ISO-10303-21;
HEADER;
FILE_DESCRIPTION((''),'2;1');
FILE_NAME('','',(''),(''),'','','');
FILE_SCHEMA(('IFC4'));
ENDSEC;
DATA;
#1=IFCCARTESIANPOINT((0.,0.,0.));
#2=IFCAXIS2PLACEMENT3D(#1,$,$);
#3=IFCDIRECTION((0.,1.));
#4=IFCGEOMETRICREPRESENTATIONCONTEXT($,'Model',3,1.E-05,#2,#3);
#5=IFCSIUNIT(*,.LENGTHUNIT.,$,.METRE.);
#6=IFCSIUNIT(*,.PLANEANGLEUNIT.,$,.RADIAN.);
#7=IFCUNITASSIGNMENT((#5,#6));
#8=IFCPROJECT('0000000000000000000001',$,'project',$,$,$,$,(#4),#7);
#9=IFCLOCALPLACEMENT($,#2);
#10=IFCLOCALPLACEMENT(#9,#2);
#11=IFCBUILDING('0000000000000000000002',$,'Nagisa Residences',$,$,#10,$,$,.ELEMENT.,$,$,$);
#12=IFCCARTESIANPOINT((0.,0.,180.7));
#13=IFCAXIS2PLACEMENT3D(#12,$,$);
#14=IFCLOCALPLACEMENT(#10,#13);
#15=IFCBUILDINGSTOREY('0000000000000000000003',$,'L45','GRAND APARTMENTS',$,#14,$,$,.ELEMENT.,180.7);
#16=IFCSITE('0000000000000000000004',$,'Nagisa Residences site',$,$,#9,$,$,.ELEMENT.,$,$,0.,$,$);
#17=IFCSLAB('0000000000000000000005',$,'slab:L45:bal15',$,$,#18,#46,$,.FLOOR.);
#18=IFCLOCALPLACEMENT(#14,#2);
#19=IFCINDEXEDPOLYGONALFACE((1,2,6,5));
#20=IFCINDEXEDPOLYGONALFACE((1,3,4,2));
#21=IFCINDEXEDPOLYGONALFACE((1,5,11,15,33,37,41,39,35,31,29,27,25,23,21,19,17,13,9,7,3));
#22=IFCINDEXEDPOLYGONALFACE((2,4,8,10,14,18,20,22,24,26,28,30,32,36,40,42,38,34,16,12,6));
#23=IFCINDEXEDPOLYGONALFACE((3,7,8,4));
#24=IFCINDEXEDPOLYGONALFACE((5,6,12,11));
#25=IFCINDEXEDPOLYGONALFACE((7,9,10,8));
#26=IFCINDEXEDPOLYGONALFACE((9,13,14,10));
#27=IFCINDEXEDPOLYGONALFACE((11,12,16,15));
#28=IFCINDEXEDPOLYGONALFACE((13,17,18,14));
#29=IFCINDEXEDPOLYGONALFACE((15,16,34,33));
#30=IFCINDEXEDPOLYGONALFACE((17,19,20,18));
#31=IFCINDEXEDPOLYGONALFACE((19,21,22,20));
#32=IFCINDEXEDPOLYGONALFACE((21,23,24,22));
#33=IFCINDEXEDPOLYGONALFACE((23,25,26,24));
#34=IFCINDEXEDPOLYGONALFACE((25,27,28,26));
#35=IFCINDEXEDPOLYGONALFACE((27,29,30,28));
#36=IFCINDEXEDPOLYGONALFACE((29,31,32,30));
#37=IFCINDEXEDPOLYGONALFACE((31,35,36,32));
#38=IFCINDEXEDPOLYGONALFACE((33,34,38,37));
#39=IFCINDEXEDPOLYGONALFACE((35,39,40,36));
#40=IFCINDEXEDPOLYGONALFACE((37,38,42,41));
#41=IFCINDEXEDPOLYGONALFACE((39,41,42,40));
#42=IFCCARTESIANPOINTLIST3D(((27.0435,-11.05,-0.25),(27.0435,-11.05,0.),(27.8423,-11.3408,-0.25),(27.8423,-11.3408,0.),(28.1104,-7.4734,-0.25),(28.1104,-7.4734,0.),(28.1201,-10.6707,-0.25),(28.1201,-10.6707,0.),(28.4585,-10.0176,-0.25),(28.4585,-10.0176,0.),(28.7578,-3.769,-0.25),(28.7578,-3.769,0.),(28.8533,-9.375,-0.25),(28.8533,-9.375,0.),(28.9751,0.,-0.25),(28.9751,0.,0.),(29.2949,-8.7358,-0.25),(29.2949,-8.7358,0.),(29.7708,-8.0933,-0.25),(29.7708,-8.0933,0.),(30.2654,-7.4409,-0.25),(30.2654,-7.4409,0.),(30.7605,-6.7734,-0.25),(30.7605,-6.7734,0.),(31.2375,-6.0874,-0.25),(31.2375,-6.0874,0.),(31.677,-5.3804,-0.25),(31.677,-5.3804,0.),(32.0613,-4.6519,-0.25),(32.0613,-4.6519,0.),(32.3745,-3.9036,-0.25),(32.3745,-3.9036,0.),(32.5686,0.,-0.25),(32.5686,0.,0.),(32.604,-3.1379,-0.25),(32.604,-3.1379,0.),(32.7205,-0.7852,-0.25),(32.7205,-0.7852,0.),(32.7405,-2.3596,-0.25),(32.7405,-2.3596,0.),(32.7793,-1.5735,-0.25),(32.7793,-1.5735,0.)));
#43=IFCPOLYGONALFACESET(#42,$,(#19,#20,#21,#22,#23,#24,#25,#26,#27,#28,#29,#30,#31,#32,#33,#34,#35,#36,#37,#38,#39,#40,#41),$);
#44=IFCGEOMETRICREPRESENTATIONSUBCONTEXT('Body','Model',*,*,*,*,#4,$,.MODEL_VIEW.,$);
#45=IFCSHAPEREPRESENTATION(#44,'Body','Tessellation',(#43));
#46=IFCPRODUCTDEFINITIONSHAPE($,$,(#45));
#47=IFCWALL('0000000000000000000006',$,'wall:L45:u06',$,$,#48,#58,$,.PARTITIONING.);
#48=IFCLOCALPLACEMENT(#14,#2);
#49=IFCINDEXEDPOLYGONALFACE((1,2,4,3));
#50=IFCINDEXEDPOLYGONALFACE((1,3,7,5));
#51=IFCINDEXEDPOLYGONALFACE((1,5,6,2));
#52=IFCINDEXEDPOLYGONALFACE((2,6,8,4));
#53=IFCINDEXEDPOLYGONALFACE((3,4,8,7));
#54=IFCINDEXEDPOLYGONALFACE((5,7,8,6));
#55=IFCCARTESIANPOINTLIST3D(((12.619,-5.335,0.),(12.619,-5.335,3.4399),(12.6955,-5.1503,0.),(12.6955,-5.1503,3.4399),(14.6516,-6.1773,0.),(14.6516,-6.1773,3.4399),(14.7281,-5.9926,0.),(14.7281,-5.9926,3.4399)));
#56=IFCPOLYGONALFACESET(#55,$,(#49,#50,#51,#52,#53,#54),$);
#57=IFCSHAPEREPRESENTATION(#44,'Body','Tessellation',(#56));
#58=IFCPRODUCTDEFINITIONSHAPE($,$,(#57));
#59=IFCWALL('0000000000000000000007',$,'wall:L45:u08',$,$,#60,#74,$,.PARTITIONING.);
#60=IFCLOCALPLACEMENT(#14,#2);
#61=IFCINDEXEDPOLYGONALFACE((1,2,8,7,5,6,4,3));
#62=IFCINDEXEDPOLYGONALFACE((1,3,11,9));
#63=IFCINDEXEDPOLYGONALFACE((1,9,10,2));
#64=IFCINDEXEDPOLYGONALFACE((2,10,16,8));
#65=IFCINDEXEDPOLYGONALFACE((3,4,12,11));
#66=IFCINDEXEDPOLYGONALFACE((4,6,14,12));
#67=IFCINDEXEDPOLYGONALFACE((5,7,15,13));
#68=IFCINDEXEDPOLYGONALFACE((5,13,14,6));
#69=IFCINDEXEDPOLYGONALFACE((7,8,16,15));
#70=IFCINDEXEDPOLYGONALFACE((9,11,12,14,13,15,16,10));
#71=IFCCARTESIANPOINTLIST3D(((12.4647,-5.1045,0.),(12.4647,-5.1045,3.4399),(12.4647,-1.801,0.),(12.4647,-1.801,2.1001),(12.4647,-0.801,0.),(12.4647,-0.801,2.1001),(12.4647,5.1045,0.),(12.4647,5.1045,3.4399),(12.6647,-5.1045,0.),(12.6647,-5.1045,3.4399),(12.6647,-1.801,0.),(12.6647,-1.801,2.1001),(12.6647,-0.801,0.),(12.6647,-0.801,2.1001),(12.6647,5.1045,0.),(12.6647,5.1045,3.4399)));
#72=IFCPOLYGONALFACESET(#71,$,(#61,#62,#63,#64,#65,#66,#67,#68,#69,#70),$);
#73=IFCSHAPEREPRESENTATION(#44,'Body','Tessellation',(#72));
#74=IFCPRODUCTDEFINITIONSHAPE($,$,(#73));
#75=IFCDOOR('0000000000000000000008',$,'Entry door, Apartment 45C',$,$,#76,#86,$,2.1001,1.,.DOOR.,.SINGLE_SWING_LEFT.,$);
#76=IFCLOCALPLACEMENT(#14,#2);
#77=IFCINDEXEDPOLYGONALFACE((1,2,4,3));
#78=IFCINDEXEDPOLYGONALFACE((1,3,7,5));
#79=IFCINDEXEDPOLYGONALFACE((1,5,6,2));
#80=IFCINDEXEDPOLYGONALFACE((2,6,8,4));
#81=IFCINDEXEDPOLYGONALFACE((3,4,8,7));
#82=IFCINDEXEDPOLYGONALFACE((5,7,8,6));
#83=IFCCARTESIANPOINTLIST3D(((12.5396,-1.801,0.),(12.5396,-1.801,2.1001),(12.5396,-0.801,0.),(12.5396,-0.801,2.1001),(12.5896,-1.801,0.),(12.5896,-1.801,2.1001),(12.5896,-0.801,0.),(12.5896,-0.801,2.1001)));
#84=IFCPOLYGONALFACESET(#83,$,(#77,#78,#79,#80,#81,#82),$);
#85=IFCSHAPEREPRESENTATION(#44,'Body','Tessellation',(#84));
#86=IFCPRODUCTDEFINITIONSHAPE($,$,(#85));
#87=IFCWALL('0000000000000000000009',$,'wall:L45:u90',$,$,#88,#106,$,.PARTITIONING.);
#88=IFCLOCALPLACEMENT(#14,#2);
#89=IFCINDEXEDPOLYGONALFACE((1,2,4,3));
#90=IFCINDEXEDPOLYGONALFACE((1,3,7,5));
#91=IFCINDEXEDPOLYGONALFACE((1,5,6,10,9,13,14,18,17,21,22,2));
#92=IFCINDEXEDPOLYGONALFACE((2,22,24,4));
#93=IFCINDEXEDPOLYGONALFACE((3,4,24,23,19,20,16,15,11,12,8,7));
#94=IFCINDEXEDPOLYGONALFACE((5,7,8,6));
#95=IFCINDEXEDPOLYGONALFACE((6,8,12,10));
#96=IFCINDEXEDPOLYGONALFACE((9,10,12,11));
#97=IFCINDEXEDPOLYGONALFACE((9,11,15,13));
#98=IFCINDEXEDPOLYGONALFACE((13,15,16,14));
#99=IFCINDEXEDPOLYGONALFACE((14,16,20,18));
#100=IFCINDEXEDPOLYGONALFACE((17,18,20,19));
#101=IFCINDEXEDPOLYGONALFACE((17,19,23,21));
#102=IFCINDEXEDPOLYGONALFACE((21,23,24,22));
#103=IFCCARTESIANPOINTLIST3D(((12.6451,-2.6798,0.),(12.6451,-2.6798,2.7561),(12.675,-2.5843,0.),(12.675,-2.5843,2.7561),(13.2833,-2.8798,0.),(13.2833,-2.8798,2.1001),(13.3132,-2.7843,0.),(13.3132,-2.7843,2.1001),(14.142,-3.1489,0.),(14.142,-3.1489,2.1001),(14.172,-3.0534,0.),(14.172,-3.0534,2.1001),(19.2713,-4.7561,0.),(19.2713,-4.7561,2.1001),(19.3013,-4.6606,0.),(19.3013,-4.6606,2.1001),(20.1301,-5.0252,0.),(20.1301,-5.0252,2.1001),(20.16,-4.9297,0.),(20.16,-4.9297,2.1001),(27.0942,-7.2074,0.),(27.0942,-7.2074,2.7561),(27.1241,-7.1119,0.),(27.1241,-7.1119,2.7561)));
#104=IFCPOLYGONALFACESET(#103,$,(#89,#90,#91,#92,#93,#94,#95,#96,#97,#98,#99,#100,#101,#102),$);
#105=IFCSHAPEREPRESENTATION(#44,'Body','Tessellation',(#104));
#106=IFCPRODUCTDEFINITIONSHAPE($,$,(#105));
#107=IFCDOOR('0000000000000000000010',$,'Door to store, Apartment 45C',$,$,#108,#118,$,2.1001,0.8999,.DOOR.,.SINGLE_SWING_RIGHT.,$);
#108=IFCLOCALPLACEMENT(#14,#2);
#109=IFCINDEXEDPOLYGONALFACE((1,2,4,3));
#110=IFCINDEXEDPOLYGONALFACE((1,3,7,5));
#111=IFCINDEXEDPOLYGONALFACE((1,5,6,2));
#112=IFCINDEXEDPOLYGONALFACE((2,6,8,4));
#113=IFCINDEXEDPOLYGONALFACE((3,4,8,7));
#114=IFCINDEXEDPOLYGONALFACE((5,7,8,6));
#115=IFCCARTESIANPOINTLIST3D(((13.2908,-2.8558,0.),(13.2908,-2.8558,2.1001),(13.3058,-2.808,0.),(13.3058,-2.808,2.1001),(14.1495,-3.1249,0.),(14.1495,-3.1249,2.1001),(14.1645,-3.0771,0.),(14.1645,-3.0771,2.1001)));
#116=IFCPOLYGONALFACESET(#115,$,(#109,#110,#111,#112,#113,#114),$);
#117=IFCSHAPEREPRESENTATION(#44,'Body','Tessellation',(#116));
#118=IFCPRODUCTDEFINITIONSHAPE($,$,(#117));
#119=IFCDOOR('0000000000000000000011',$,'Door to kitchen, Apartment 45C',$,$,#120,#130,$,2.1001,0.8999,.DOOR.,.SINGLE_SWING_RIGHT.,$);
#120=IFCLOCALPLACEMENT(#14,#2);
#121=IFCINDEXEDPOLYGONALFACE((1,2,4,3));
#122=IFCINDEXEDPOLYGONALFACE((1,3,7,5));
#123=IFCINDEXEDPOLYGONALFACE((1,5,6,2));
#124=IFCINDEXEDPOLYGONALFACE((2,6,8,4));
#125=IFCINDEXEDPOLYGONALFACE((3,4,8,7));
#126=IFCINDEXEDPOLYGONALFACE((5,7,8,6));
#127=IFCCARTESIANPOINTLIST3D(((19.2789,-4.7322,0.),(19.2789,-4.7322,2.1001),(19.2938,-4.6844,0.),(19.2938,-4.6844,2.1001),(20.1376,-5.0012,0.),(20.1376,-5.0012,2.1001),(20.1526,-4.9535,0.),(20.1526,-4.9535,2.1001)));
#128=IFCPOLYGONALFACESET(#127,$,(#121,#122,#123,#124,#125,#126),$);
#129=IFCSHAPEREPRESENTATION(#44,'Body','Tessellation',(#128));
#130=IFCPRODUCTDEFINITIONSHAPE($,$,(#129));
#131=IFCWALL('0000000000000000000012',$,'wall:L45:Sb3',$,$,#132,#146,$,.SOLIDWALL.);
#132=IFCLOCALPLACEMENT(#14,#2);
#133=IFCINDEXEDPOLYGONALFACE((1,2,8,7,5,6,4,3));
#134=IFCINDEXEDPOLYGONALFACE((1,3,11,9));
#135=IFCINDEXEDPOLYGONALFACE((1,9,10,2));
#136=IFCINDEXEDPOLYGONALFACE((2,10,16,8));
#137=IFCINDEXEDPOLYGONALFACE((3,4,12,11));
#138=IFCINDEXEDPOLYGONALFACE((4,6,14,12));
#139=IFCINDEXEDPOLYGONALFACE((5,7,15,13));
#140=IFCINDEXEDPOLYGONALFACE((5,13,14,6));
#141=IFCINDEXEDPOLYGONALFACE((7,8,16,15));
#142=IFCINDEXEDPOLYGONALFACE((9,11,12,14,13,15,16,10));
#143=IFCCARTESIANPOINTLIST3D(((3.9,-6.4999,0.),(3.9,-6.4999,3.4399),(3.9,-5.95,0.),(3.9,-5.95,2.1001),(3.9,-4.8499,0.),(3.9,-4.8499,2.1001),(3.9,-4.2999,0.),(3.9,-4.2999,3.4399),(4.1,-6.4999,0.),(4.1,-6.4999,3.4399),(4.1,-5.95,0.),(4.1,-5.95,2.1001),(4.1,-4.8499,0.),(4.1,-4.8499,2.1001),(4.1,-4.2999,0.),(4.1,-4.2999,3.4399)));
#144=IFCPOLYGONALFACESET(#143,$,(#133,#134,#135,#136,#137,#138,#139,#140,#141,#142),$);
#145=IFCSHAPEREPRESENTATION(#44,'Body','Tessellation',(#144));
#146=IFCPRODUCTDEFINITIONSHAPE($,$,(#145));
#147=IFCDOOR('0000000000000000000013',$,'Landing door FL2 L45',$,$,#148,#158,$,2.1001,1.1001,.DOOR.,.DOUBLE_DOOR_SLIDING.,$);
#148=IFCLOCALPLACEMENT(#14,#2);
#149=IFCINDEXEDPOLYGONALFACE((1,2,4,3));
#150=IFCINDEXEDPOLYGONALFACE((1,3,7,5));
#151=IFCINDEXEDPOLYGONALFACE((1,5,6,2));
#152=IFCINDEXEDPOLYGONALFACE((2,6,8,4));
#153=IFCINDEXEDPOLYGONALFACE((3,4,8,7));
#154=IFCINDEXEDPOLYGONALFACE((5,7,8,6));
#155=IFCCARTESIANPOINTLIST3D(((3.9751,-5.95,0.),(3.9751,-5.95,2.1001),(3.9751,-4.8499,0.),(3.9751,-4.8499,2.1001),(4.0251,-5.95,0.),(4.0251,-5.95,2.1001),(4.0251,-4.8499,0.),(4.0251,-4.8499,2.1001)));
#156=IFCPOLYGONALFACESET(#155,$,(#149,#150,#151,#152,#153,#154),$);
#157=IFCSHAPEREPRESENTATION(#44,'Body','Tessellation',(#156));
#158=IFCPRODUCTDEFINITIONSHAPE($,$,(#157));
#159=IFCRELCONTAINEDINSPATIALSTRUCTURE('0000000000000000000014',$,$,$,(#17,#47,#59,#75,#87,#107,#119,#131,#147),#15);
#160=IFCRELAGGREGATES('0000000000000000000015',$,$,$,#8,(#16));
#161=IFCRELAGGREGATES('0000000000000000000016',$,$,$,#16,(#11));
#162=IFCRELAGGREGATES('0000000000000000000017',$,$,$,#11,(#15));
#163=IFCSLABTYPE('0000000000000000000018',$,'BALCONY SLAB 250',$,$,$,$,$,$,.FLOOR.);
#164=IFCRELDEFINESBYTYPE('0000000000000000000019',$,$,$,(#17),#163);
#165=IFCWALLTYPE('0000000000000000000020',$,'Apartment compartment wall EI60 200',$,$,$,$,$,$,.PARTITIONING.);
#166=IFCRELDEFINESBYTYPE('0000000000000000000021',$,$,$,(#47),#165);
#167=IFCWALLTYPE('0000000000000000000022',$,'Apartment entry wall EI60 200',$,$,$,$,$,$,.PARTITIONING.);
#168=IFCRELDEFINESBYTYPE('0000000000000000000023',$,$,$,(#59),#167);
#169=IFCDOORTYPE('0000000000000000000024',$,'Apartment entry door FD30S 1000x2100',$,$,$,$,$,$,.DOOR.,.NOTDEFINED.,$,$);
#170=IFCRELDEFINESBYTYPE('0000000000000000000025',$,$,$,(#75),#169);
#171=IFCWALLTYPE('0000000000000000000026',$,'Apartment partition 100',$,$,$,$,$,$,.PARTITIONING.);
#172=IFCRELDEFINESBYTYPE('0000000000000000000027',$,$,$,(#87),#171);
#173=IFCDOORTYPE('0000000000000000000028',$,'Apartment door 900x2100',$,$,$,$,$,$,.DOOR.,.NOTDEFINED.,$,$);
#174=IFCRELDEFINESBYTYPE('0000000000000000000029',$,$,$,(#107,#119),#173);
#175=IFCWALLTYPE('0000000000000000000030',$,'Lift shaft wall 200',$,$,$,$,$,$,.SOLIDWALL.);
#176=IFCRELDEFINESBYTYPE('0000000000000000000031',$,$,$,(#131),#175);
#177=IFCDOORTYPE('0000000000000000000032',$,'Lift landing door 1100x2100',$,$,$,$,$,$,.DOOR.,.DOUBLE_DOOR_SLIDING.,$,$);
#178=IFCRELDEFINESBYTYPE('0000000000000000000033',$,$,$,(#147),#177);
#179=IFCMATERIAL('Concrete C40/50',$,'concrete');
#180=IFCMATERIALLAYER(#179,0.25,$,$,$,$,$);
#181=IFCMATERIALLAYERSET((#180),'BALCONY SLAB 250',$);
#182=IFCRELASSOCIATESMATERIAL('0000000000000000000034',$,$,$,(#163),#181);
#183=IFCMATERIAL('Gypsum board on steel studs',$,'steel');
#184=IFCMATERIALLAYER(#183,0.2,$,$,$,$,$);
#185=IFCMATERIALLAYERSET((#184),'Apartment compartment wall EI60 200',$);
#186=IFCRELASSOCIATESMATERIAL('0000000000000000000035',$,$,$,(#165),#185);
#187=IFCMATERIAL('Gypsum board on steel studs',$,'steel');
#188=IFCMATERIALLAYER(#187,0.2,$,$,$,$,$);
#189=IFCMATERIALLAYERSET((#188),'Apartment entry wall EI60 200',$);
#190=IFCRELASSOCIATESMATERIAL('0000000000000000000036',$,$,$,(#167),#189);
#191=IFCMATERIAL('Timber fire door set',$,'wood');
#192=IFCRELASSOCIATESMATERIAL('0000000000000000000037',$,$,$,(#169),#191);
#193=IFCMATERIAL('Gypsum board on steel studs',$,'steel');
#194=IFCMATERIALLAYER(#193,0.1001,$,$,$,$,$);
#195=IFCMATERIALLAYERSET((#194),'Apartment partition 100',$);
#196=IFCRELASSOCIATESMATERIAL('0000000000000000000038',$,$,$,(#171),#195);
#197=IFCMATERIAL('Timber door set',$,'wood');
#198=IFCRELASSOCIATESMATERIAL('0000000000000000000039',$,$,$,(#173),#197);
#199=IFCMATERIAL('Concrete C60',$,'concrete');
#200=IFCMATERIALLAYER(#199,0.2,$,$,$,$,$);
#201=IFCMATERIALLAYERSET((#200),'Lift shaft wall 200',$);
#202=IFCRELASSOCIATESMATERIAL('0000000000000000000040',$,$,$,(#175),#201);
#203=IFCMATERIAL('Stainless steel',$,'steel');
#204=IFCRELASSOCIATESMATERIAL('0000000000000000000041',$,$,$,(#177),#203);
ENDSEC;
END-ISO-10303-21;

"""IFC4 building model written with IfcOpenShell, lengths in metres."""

from ifc_helpers import new_model, si_unit, direction, frame, frame_2d, origin, place, context, subcontext, project, spatial, polyline, rectangle, outline, extrude, material, layer, layer_set, type_object, element, fill, save


model = new_model("IFC4")

# Units and contexts
model_context = context("Model", 3, precision=1e-05, world=origin(), true_north=direction((0.0, 1.0)))
body_context = subcontext(model_context, "Body", "Model", "MODEL_VIEW")
ifc_project = project(units=[si_unit("LENGTHUNIT", "METRE"), si_unit("PLANEANGLEUNIT", "RADIAN")], contexts=[model_context])

# Site, building, storey
site_placement = place(None, origin())
site = spatial("IfcSite", under=ifc_project, at=site_placement, Name="Nagisa Residences site", CompositionType="ELEMENT", RefElevation=0.0)
building_placement = place(site_placement, origin())
building = spatial("IfcBuilding", under=site, at=building_placement, Name="Nagisa Residences", CompositionType="ELEMENT")
storey_placement = place(building_placement, frame((0.0, 0.0, 180.7)))
storey = spatial("IfcBuildingStorey", under=building, at=storey_placement, Name="L45", Description="GRAND APARTMENTS", CompositionType="ELEMENT", Elevation=180.7)

# Slab
ifc_material_1 = material(Name="Concrete C40/50", Category="concrete")
ifc_layer_1 = layer(ifc_material_1, 0.25)
ifc_layer_set_1 = layer_set([ifc_layer_1], Name="BALCONY SLAB 250")
slab_type = type_object("IfcSlabType", Name="BALCONY SLAB 250", PredefinedType="FLOOR", material=ifc_layer_set_1)
slab_1_placement = place(storey_placement, frame((0.0, 0.0, -0.25)))
element("IfcSlab", 1, at=slab_1_placement, inside=storey, type_object=slab_type, Name="slab:L45:bal15", PredefinedType="FLOOR", context=body_context, shape_type="SweptSolid", body=[
    extrude(outline(polyline([(27.8423, -11.3408), (28.1201, -10.6707), (28.4585, -10.0176), (28.8533, -9.375), (29.2949, -8.7358), (29.7708, -8.0933), (30.2654, -7.4409), (30.7605, -6.7734), (31.2375, -6.0874), (31.677, -5.3804), (32.0613, -4.6519), (32.3745, -3.9036), (32.604, -3.1379), (32.7405, -2.3596), (32.7793, -1.5735), (32.7205, -0.7852), (32.5686, 0.0), (28.9751, 0.0), (28.7578, -3.769), (28.1104, -7.4734), (27.0435, -11.05), (27.8423, -11.3408)])), origin(), (0.0, 0.0, 1.0), 0.25),
])

# Wall
ifc_material_2 = material(Name="Gypsum board on steel studs", Category="steel")
ifc_layer_2 = layer(ifc_material_2, 0.2)
ifc_layer_set_2 = layer_set([ifc_layer_2], Name="Apartment compartment wall EI60 200")
wall_type_1 = type_object("IfcWallType", Name="Apartment compartment wall EI60 200", PredefinedType="PARTITIONING", material=ifc_layer_set_2)
wall_1_placement = place(storey_placement, frame((12.6572, -5.2427, 0.0), z_axis=(0.0, 0.0, 1.0), x_axis=(0.92383, -0.382803, 0.0)))
element("IfcWall", 2, at=wall_1_placement, inside=storey, type_object=wall_type_1, Name="wall:L45:u06", PredefinedType="PARTITIONING", context=body_context, shape_type="SweptSolid", body=[
    extrude(rectangle(XDim=2.2002, YDim=0.2, at=frame_2d((1.1001, 0.0))), origin(), (0.0, 0.0, 1.0), 3.4399),
])

# Wall, opening, door
ifc_material_3 = material(Name="Gypsum board on steel studs", Category="steel")
ifc_layer_3 = layer(ifc_material_3, 0.2)
ifc_layer_set_3 = layer_set([ifc_layer_3], Name="Apartment entry wall EI60 200")
wall_type_2 = type_object("IfcWallType", Name="Apartment entry wall EI60 200", PredefinedType="PARTITIONING", material=ifc_layer_set_3)
wall_2_placement = place(storey_placement, frame((12.5647, -5.1045, 0.0), z_axis=(0.0, 0.0, 1.0), x_axis=(0.0, 1.0, 0.0)))
wall_2 = element("IfcWall", 3, at=wall_2_placement, inside=storey, type_object=wall_type_2, Name="wall:L45:u08", PredefinedType="PARTITIONING", context=body_context, shape_type="SweptSolid", body=[
    extrude(rectangle(XDim=10.209, YDim=0.2, at=frame_2d((5.1045, 0.0))), origin(), (0.0, 0.0, 1.0), 3.4399),
])
opening_1_placement = place(wall_2_placement, frame((3.3035, 0.0, 0.0)))
opening_1 = element("IfcOpeningElement", 4, at=opening_1_placement, cuts=wall_2, PredefinedType="OPENING", context=body_context, shape_type="SweptSolid", body=[
    extrude(rectangle(XDim=1.0, YDim=2.1001, at=frame_2d((0.5, 1.05))), frame((0.0, 0.1099, 0.0), z_axis=(0.0, -1.0, 0.0), x_axis=(1.0, 0.0, 0.0)), (0.0, 0.0, 1.0), 0.22),
])
ifc_material_4 = material(Name="Timber fire door set", Category="wood")
door_type_1 = type_object("IfcDoorType", Name="Apartment entry door FD30S 1000x2100", OperationType="NOTDEFINED", PredefinedType="DOOR", material=ifc_material_4)
door_1_placement = place(opening_1_placement, frame((1.0, 0.0, 0.0), x_axis=(-1.0, 0.0, 0.0)))
door_1 = element("IfcDoor", 5, at=door_1_placement, inside=storey, type_object=door_type_1, Name="Entry door, Apartment 45C", OperationType="SINGLE_SWING_LEFT", OverallHeight=2.1001, OverallWidth=1.0, PredefinedType="DOOR", context=body_context, shape_type="SweptSolid", body=[
    extrude(rectangle(XDim=1.0, YDim=2.1001, at=frame_2d((0.5, 1.05))), frame((0.0, 0.0249, 0.0), z_axis=(0.0, -1.0, 0.0), x_axis=(1.0, 0.0, 0.0)), (0.0, 0.0, 1.0), 0.05),
])
fill(opening_1, door_1)

# Wall, openings, doors
ifc_material_5 = material(Name="Gypsum board on steel studs", Category="steel")
ifc_layer_4 = layer(ifc_material_5, 0.1001)
ifc_layer_set_4 = layer_set([ifc_layer_4], Name="Apartment partition 100")
wall_type_3 = type_object("IfcWallType", Name="Apartment partition 100", PredefinedType="PARTITIONING", material=ifc_layer_set_4)
wall_3_placement = place(storey_placement, frame((12.6602, -2.6321, 0.0), z_axis=(0.0, 0.0, 1.0), x_axis=(0.954249, -0.299014, 0.0)))
wall_3 = element("IfcWall", 6, at=wall_3_placement, inside=storey, type_object=wall_type_3, Name="wall:L45:u90", PredefinedType="PARTITIONING", context=body_context, shape_type="SweptSolid", body=[
    extrude(rectangle(XDim=15.1418, YDim=0.1001, at=frame_2d((7.5708, 0.0))), origin(), (0.0, 0.0, 1.0), 2.7561),
])
opening_2_placement = place(wall_3_placement, frame((0.6687, 0.0, 0.0)))
opening_2 = element("IfcOpeningElement", 7, at=opening_2_placement, cuts=wall_3, PredefinedType="OPENING", context=body_context, shape_type="SweptSolid", body=[
    extrude(rectangle(XDim=0.8999, YDim=2.1001, at=frame_2d((0.45, 1.05))), frame((0.0, 0.0601, 0.0), z_axis=(0.0, -1.0, 0.0), x_axis=(1.0, 0.0, 0.0)), (0.0, 0.0, 1.0), 0.1201),
])
opening_3_placement = place(wall_3_placement, frame((6.9438, 0.0, 0.0)))
opening_3 = element("IfcOpeningElement", 8, at=opening_3_placement, cuts=wall_3, PredefinedType="OPENING", context=body_context, shape_type="SweptSolid", body=[
    extrude(rectangle(XDim=0.8999, YDim=2.1001, at=frame_2d((0.45, 1.05))), frame((0.0, 0.0601, 0.0), z_axis=(0.0, -1.0, 0.0), x_axis=(1.0, 0.0, 0.0)), (0.0, 0.0, 1.0), 0.1201),
])
ifc_material_6 = material(Name="Timber door set", Category="wood")
door_type_2 = type_object("IfcDoorType", Name="Apartment door 900x2100", OperationType="NOTDEFINED", PredefinedType="DOOR", material=ifc_material_6)
door_2_placement = place(opening_2_placement, frame((0.8999, 0.0, 0.0), x_axis=(-1.0, 0.0, 0.0)))
door_2 = element("IfcDoor", 9, at=door_2_placement, inside=storey, type_object=door_type_2, Name="Door to store, Apartment 45C", OperationType="SINGLE_SWING_RIGHT", OverallHeight=2.1001, OverallWidth=0.8999, PredefinedType="DOOR", context=body_context, shape_type="SweptSolid", body=[
    extrude(rectangle(XDim=0.8999, YDim=2.1001, at=frame_2d((0.45, 1.05))), frame((0.0, 0.0249, 0.0), z_axis=(0.0, -1.0, 0.0), x_axis=(1.0, 0.0, 0.0)), (0.0, 0.0, 1.0), 0.05),
])
fill(opening_2, door_2)
door_3_placement = place(opening_3_placement, frame((0.8999, 0.0, 0.0), x_axis=(-1.0, 0.0, 0.0)))
door_3 = element("IfcDoor", 10, at=door_3_placement, inside=storey, type_object=door_type_2, Name="Door to kitchen, Apartment 45C", OperationType="SINGLE_SWING_RIGHT", OverallHeight=2.1001, OverallWidth=0.8999, PredefinedType="DOOR", context=body_context, shape_type="SweptSolid", body=[
    extrude(rectangle(XDim=0.8999, YDim=2.1001, at=frame_2d((0.45, 1.05))), frame((0.0, 0.0249, 0.0), z_axis=(0.0, -1.0, 0.0), x_axis=(1.0, 0.0, 0.0)), (0.0, 0.0, 1.0), 0.05),
])
fill(opening_3, door_3)

# Wall, opening, door
ifc_material_7 = material(Name="Concrete C60", Category="concrete")
ifc_layer_5 = layer(ifc_material_7, 0.2)
ifc_layer_set_5 = layer_set([ifc_layer_5], Name="Lift shaft wall 200")
wall_type_4 = type_object("IfcWallType", Name="Lift shaft wall 200", PredefinedType="SOLIDWALL", material=ifc_layer_set_5)
wall_4_placement = place(storey_placement, frame((4.0, -6.5, 0.0), z_axis=(0.0, 0.0, 1.0), x_axis=(0.0, 1.0, 0.0)))
wall_4 = element("IfcWall", 11, at=wall_4_placement, inside=storey, type_object=wall_type_4, Name="wall:L45:Sb3", PredefinedType="SOLIDWALL", context=body_context, shape_type="SweptSolid", body=[
    extrude(rectangle(XDim=2.2, YDim=0.2, at=frame_2d((1.1001, 0.0))), origin(), (0.0, 0.0, 1.0), 3.4399),
])
opening_4_placement = place(wall_4_placement, frame((0.55, 0.0, 0.0)))
opening_4 = element("IfcOpeningElement", 12, at=opening_4_placement, cuts=wall_4, PredefinedType="OPENING", context=body_context, shape_type="SweptSolid", body=[
    extrude(rectangle(XDim=1.1001, YDim=2.1001, at=frame_2d((0.55, 1.05))), frame((0.0, 0.1099, 0.0), z_axis=(0.0, -1.0, 0.0), x_axis=(1.0, 0.0, 0.0)), (0.0, 0.0, 1.0), 0.22),
])
ifc_material_8 = material(Name="Stainless steel", Category="steel")
door_type_3 = type_object("IfcDoorType", Name="Lift landing door 1100x2100", OperationType="DOUBLE_DOOR_SLIDING", PredefinedType="DOOR", material=ifc_material_8)
door_4_placement = place(opening_4_placement, origin())
door_4 = element("IfcDoor", 13, at=door_4_placement, inside=storey, type_object=door_type_3, Name="Landing door FL2 L45", OperationType="DOUBLE_DOOR_SLIDING", OverallHeight=2.1001, OverallWidth=1.1001, PredefinedType="DOOR", context=body_context, shape_type="SweptSolid", body=[
    extrude(rectangle(XDim=1.1001, YDim=2.1001, at=frame_2d((0.55, 1.05))), frame((0.0, 0.0249, 0.0), z_axis=(0.0, -1.0, 0.0), x_axis=(1.0, 0.0, 0.0)), (0.0, 0.0, 1.0), 0.05),
])
fill(opening_4, door_4)

save(model, "model.ifc")
